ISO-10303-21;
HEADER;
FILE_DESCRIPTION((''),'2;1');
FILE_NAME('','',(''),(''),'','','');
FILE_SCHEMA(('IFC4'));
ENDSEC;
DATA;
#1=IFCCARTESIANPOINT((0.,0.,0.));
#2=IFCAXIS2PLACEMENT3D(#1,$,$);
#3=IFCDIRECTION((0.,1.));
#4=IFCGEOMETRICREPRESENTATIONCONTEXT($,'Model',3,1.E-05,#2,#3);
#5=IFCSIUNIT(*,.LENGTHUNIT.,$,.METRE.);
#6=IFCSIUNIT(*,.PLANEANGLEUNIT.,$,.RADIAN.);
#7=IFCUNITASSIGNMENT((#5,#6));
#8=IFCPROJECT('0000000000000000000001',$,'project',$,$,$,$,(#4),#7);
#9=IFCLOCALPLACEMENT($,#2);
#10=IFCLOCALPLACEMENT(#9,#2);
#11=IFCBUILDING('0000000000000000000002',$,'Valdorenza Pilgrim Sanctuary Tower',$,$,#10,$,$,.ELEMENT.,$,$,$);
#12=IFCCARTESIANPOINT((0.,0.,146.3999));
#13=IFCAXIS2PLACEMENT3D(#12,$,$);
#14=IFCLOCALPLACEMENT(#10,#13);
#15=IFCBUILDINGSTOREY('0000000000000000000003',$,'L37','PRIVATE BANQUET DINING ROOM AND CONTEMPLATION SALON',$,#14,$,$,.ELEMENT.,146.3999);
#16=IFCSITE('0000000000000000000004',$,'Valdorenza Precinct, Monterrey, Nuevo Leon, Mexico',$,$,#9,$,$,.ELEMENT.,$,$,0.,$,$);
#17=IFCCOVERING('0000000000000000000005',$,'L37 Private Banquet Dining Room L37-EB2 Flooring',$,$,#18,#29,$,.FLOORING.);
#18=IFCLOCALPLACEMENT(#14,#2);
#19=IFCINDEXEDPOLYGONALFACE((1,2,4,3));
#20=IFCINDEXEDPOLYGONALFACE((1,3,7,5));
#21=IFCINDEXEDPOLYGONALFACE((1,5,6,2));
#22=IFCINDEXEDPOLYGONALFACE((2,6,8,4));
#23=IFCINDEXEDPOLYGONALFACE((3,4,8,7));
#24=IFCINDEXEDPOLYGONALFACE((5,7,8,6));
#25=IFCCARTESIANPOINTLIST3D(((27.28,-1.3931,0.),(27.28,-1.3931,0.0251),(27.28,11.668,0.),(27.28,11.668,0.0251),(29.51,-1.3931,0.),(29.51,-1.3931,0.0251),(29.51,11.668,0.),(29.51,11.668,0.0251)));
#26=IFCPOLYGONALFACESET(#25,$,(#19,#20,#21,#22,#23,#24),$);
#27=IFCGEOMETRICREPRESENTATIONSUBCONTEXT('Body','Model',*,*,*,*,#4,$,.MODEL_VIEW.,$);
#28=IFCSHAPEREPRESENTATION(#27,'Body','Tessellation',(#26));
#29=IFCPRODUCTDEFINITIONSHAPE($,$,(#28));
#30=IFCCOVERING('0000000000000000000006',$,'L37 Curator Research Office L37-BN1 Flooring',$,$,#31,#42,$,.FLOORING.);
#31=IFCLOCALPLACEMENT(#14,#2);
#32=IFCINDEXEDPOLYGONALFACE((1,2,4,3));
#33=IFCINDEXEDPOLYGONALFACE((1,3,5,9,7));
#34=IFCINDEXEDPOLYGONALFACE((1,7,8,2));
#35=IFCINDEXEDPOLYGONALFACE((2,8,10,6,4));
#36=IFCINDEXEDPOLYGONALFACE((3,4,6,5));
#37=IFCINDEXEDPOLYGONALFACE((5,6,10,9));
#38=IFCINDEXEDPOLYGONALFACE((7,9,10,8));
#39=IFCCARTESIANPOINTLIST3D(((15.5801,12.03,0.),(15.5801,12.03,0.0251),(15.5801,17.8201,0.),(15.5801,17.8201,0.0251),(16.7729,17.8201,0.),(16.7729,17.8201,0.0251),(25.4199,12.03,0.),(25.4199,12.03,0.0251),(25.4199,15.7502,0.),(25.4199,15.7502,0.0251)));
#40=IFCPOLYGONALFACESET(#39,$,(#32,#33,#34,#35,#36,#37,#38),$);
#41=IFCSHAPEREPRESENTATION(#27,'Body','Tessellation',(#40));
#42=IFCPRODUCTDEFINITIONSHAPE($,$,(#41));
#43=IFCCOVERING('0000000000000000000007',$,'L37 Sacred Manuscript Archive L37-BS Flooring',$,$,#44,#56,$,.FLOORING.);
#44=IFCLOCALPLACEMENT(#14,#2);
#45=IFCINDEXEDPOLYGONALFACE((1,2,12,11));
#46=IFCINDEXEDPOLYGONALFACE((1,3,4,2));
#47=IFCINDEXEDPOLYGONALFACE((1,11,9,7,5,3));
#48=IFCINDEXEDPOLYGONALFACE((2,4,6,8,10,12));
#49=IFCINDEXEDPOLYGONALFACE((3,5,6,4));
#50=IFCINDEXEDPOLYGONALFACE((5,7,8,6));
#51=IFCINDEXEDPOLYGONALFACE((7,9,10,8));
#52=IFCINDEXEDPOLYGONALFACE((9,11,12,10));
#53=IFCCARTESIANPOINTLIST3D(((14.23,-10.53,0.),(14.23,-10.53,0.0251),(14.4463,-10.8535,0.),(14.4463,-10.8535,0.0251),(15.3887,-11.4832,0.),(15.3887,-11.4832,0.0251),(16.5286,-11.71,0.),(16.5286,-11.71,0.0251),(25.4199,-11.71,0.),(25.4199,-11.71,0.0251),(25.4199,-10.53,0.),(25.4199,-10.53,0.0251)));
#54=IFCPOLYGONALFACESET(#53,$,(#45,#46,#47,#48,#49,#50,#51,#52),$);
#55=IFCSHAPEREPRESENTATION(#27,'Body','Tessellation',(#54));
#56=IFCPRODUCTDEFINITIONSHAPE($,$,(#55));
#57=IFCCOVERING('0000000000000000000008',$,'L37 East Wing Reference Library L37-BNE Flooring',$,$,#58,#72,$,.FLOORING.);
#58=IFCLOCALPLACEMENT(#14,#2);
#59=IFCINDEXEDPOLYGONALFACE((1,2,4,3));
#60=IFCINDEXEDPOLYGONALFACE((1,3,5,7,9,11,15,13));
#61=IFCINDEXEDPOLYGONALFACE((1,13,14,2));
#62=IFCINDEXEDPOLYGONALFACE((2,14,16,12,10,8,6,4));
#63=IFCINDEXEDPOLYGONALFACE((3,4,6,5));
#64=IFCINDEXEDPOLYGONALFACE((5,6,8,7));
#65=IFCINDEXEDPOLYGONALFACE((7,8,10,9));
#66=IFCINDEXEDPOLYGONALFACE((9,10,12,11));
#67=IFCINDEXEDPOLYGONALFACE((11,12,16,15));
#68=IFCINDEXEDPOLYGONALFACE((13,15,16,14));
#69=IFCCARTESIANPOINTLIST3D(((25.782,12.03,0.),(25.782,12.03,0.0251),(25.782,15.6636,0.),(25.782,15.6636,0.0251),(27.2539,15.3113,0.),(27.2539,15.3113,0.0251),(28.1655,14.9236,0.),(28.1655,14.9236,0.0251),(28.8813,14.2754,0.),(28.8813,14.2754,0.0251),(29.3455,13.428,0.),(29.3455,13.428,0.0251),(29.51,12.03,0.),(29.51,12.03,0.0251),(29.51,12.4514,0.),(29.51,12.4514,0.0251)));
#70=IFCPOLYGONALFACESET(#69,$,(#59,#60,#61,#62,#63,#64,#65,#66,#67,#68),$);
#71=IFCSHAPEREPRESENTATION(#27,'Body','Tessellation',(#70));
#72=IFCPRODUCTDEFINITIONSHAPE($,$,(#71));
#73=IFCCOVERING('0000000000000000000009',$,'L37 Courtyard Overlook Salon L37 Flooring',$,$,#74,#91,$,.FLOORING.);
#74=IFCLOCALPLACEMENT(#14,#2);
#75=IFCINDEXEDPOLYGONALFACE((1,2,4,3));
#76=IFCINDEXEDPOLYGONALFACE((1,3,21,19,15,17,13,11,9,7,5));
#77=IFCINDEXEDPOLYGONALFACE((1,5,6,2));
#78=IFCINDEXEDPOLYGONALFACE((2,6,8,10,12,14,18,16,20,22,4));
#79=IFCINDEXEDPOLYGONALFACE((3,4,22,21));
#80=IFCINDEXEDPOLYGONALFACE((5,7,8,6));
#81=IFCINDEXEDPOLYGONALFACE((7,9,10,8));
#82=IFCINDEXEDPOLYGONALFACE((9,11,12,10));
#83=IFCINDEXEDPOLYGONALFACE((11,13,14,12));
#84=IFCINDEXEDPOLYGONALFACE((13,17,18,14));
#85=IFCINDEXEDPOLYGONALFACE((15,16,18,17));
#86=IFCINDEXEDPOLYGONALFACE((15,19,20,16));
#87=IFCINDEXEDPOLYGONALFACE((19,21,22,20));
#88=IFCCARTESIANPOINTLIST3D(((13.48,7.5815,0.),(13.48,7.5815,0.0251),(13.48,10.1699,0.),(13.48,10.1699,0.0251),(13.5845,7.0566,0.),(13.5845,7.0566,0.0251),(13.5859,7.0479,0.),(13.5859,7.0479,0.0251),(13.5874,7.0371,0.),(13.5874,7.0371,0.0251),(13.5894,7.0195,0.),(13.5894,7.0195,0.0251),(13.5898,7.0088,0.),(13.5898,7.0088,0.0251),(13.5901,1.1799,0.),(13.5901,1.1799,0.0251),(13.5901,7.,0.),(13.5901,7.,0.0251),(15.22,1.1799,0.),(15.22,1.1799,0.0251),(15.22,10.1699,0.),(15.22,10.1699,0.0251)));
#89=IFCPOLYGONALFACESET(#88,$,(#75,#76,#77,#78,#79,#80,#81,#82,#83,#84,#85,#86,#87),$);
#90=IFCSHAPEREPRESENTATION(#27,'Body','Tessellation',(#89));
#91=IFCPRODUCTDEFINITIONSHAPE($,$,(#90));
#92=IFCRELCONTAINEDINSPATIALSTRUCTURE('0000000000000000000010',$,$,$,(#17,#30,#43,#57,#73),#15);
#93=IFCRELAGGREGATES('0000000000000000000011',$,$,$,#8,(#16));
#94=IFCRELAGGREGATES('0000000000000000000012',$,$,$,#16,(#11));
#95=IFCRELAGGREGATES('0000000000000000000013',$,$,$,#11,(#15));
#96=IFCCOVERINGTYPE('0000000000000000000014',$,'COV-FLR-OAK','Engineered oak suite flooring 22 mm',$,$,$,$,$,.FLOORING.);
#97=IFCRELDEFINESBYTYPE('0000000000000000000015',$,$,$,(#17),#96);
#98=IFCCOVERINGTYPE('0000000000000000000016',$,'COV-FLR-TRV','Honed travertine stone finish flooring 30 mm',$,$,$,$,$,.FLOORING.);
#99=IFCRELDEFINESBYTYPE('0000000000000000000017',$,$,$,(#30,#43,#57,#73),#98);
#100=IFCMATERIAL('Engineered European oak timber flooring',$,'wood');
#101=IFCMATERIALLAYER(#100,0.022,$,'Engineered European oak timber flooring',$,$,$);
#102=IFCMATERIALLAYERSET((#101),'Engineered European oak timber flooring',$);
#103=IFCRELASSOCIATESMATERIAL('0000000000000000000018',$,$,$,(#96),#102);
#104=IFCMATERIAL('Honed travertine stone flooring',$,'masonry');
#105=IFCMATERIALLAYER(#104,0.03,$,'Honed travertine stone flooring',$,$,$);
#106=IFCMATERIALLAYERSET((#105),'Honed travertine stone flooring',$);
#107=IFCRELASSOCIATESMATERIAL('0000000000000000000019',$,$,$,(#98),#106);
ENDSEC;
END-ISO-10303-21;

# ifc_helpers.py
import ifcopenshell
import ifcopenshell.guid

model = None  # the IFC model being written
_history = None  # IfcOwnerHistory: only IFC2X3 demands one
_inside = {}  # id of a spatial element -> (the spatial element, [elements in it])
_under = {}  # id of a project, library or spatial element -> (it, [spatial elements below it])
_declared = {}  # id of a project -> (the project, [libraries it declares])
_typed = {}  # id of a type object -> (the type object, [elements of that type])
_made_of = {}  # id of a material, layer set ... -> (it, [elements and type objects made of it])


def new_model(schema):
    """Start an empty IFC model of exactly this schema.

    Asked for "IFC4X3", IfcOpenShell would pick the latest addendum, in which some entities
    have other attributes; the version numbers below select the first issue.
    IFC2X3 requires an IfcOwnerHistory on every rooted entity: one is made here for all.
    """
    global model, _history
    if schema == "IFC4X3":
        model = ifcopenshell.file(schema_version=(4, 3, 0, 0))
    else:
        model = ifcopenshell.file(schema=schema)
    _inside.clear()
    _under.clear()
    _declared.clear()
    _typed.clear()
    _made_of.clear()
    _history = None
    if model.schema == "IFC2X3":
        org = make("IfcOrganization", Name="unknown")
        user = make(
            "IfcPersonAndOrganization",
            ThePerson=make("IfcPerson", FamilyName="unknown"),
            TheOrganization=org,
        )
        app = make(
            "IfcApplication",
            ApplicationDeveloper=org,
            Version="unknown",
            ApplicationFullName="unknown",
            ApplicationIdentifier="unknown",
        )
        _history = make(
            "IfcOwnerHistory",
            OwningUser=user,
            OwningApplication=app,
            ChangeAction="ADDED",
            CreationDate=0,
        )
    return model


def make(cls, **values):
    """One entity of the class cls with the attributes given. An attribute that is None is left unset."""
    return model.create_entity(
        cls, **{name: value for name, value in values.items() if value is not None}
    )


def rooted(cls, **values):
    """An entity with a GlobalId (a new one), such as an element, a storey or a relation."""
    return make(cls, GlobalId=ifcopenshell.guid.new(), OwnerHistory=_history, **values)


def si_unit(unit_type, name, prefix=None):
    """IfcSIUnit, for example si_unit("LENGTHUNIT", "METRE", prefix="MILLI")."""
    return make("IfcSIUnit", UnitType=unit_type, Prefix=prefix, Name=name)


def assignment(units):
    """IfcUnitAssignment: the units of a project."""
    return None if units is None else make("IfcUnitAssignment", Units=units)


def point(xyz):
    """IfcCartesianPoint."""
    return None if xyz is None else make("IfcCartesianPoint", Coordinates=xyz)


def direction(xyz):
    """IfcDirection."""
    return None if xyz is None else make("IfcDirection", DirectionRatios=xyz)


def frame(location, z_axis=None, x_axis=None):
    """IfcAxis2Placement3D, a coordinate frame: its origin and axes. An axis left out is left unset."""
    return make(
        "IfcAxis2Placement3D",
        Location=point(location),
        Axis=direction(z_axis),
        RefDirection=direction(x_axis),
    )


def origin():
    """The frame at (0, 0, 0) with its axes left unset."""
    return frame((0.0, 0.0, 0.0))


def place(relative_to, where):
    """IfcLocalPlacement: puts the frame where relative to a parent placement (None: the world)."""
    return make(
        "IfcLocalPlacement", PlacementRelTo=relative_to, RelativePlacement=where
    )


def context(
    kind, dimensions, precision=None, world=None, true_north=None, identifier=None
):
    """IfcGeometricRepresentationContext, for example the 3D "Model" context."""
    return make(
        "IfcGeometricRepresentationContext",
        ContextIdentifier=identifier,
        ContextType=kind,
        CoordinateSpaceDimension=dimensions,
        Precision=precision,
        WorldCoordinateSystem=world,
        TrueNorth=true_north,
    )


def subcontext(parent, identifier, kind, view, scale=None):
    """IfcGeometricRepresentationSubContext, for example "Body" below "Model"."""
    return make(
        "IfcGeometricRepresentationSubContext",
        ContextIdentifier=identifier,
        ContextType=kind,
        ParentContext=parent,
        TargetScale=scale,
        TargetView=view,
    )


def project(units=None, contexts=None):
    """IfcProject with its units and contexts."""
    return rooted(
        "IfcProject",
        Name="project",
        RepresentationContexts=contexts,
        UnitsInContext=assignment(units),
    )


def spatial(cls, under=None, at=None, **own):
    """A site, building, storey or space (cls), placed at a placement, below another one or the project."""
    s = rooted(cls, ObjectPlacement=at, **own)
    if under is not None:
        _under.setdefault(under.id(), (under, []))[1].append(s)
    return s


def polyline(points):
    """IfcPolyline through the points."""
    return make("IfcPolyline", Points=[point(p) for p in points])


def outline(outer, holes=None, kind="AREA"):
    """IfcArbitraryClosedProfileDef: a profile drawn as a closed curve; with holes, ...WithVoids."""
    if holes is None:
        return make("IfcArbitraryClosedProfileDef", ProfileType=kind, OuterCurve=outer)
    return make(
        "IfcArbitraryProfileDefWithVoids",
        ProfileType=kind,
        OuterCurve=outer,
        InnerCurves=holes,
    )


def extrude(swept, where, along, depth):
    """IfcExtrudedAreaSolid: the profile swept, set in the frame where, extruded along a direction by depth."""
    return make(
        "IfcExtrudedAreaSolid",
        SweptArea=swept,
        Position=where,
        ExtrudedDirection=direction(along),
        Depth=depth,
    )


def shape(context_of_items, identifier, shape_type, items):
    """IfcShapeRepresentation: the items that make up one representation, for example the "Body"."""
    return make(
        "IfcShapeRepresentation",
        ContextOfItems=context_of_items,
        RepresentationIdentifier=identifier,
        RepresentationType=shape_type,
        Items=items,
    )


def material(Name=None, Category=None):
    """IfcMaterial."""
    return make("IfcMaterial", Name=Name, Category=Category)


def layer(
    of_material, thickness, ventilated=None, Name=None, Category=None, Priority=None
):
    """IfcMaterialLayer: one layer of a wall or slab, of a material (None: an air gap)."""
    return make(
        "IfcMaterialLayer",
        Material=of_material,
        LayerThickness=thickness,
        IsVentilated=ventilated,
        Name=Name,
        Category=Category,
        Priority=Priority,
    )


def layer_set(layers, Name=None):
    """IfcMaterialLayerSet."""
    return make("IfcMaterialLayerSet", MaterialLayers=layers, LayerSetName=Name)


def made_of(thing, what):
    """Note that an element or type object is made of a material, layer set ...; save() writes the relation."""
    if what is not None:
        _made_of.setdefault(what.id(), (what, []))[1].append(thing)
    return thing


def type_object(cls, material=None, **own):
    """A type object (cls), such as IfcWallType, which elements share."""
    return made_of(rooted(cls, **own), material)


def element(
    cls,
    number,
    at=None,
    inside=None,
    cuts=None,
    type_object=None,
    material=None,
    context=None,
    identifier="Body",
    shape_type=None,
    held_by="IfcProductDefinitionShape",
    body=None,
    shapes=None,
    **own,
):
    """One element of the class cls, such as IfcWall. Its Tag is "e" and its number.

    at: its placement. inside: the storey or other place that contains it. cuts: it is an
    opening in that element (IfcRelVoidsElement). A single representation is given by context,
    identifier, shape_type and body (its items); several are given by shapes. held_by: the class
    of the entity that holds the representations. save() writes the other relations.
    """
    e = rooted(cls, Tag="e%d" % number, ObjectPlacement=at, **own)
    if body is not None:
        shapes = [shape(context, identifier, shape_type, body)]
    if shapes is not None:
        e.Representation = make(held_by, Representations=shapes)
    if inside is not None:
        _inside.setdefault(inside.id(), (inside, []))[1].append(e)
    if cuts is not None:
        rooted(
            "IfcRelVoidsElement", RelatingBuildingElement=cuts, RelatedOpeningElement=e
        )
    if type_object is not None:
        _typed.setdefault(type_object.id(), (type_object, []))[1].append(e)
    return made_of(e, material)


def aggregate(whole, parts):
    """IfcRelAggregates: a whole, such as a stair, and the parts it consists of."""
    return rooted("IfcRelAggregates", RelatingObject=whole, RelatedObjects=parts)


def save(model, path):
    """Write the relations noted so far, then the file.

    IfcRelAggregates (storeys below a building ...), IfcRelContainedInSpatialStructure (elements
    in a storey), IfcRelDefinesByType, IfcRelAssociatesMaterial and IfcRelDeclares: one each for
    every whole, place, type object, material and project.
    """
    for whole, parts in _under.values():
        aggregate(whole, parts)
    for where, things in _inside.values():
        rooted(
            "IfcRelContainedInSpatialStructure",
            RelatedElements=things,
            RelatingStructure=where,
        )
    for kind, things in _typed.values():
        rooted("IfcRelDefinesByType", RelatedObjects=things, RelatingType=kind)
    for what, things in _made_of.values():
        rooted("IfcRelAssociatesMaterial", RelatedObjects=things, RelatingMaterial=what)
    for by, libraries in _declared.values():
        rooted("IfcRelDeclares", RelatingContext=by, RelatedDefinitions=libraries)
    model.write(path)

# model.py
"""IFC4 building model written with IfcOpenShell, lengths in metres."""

from ifc_helpers import new_model, si_unit, direction, frame, origin, place, context, subcontext, project, spatial, polyline, outline, extrude, material, layer, layer_set, type_object, element, save


model = new_model("IFC4")

# Units and contexts
model_context = context("Model", 3, precision=1e-05, world=origin(), true_north=direction((0.0, 1.0)))
body_context = subcontext(model_context, "Body", "Model", "MODEL_VIEW")
ifc_project = project(units=[si_unit("LENGTHUNIT", "METRE"), si_unit("PLANEANGLEUNIT", "RADIAN")], contexts=[model_context])

# Site, building, storey
site_placement = place(None, origin())
site = spatial("IfcSite", under=ifc_project, at=site_placement, Name="Valdorenza Precinct, Monterrey, Nuevo Leon, Mexico", CompositionType="ELEMENT", RefElevation=0.0)
building_placement = place(site_placement, origin())
building = spatial("IfcBuilding", under=site, at=building_placement, Name="Valdorenza Pilgrim Sanctuary Tower", CompositionType="ELEMENT")
storey_placement = place(building_placement, frame((0.0, 0.0, 146.3999)))
storey = spatial("IfcBuildingStorey", under=building, at=storey_placement, Name="L37", Description="PRIVATE BANQUET DINING ROOM AND CONTEMPLATION SALON", CompositionType="ELEMENT", Elevation=146.3999)

# Coverings
ifc_material_1 = material(Name="Engineered European oak timber flooring", Category="wood")
ifc_layer_1 = layer(ifc_material_1, 0.022, Name="Engineered European oak timber flooring")
ifc_layer_set_1 = layer_set([ifc_layer_1], Name="Engineered European oak timber flooring")
covering_type_1 = type_object("IfcCoveringType", Name="COV-FLR-OAK", Description="Engineered oak suite flooring 22 mm", PredefinedType="FLOORING", material=ifc_layer_set_1)
covering_1_placement = place(storey_placement, origin())
element("IfcCovering", 1, at=covering_1_placement, inside=storey, type_object=covering_type_1, Name="L37 Private Banquet Dining Room L37-EB2 Flooring", PredefinedType="FLOORING", context=body_context, shape_type="SweptSolid", body=[
    extrude(outline(polyline([(27.28, 11.668), (29.51, 11.668), (29.51, -1.3931), (27.28, -1.3931), (27.28, 11.668)])), origin(), (0.0, 0.0, 1.0), 0.0251),
])
ifc_material_2 = material(Name="Honed travertine stone flooring", Category="masonry")
ifc_layer_2 = layer(ifc_material_2, 0.03, Name="Honed travertine stone flooring")
ifc_layer_set_2 = layer_set([ifc_layer_2], Name="Honed travertine stone flooring")
covering_type_2 = type_object("IfcCoveringType", Name="COV-FLR-TRV", Description="Honed travertine stone finish flooring 30 mm", PredefinedType="FLOORING", material=ifc_layer_set_2)
covering_2_placement = place(storey_placement, origin())
element("IfcCovering", 2, at=covering_2_placement, inside=storey, type_object=covering_type_2, Name="L37 Curator Research Office L37-BN1 Flooring", PredefinedType="FLOORING", context=body_context, shape_type="SweptSolid", body=[
    extrude(outline(polyline([(15.5801, 12.03), (15.5801, 17.8201), (16.7729, 17.8201), (25.4199, 15.7502), (25.4199, 12.03), (15.5801, 12.03)])), origin(), (0.0, 0.0, 1.0), 0.0251),
])
covering_3_placement = place(storey_placement, origin())
element("IfcCovering", 3, at=covering_3_placement, inside=storey, type_object=covering_type_2, Name="L37 Sacred Manuscript Archive L37-BS Flooring", PredefinedType="FLOORING", context=body_context, shape_type="SweptSolid", body=[
    extrude(outline(polyline([(25.4199, -11.71), (16.5286, -11.71), (15.3887, -11.4832), (14.4463, -10.8535), (14.23, -10.53), (25.4199, -10.53), (25.4199, -11.71)])), origin(), (0.0, 0.0, 1.0), 0.0251),
])
covering_4_placement = place(storey_placement, origin())
element("IfcCovering", 4, at=covering_4_placement, inside=storey, type_object=covering_type_2, Name="L37 East Wing Reference Library L37-BNE Flooring", PredefinedType="FLOORING", context=body_context, shape_type="SweptSolid", body=[
    extrude(outline(polyline([(27.2539, 15.3113), (28.1655, 14.9236), (28.8813, 14.2754), (29.3455, 13.428), (29.51, 12.4514), (29.51, 12.03), (25.782, 12.03), (25.782, 15.6636), (27.2539, 15.3113)])), origin(), (0.0, 0.0, 1.0), 0.0251),
])
covering_5_placement = place(storey_placement, origin())
element("IfcCovering", 5, at=covering_5_placement, inside=storey, type_object=covering_type_2, Name="L37 Courtyard Overlook Salon L37 Flooring", PredefinedType="FLOORING", context=body_context, shape_type="SweptSolid", body=[
    extrude(outline(polyline([(15.22, 10.1699), (15.22, 1.1799), (13.5901, 1.1799), (13.5901, 7.0), (13.5898, 7.0088), (13.5894, 7.0195), (13.5874, 7.0371), (13.5859, 7.0479), (13.5845, 7.0566), (13.48, 7.5815), (13.48, 10.1699), (15.22, 10.1699)])), origin(), (0.0, 0.0, 1.0), 0.0251),
])

save(model, "model.ifc")
